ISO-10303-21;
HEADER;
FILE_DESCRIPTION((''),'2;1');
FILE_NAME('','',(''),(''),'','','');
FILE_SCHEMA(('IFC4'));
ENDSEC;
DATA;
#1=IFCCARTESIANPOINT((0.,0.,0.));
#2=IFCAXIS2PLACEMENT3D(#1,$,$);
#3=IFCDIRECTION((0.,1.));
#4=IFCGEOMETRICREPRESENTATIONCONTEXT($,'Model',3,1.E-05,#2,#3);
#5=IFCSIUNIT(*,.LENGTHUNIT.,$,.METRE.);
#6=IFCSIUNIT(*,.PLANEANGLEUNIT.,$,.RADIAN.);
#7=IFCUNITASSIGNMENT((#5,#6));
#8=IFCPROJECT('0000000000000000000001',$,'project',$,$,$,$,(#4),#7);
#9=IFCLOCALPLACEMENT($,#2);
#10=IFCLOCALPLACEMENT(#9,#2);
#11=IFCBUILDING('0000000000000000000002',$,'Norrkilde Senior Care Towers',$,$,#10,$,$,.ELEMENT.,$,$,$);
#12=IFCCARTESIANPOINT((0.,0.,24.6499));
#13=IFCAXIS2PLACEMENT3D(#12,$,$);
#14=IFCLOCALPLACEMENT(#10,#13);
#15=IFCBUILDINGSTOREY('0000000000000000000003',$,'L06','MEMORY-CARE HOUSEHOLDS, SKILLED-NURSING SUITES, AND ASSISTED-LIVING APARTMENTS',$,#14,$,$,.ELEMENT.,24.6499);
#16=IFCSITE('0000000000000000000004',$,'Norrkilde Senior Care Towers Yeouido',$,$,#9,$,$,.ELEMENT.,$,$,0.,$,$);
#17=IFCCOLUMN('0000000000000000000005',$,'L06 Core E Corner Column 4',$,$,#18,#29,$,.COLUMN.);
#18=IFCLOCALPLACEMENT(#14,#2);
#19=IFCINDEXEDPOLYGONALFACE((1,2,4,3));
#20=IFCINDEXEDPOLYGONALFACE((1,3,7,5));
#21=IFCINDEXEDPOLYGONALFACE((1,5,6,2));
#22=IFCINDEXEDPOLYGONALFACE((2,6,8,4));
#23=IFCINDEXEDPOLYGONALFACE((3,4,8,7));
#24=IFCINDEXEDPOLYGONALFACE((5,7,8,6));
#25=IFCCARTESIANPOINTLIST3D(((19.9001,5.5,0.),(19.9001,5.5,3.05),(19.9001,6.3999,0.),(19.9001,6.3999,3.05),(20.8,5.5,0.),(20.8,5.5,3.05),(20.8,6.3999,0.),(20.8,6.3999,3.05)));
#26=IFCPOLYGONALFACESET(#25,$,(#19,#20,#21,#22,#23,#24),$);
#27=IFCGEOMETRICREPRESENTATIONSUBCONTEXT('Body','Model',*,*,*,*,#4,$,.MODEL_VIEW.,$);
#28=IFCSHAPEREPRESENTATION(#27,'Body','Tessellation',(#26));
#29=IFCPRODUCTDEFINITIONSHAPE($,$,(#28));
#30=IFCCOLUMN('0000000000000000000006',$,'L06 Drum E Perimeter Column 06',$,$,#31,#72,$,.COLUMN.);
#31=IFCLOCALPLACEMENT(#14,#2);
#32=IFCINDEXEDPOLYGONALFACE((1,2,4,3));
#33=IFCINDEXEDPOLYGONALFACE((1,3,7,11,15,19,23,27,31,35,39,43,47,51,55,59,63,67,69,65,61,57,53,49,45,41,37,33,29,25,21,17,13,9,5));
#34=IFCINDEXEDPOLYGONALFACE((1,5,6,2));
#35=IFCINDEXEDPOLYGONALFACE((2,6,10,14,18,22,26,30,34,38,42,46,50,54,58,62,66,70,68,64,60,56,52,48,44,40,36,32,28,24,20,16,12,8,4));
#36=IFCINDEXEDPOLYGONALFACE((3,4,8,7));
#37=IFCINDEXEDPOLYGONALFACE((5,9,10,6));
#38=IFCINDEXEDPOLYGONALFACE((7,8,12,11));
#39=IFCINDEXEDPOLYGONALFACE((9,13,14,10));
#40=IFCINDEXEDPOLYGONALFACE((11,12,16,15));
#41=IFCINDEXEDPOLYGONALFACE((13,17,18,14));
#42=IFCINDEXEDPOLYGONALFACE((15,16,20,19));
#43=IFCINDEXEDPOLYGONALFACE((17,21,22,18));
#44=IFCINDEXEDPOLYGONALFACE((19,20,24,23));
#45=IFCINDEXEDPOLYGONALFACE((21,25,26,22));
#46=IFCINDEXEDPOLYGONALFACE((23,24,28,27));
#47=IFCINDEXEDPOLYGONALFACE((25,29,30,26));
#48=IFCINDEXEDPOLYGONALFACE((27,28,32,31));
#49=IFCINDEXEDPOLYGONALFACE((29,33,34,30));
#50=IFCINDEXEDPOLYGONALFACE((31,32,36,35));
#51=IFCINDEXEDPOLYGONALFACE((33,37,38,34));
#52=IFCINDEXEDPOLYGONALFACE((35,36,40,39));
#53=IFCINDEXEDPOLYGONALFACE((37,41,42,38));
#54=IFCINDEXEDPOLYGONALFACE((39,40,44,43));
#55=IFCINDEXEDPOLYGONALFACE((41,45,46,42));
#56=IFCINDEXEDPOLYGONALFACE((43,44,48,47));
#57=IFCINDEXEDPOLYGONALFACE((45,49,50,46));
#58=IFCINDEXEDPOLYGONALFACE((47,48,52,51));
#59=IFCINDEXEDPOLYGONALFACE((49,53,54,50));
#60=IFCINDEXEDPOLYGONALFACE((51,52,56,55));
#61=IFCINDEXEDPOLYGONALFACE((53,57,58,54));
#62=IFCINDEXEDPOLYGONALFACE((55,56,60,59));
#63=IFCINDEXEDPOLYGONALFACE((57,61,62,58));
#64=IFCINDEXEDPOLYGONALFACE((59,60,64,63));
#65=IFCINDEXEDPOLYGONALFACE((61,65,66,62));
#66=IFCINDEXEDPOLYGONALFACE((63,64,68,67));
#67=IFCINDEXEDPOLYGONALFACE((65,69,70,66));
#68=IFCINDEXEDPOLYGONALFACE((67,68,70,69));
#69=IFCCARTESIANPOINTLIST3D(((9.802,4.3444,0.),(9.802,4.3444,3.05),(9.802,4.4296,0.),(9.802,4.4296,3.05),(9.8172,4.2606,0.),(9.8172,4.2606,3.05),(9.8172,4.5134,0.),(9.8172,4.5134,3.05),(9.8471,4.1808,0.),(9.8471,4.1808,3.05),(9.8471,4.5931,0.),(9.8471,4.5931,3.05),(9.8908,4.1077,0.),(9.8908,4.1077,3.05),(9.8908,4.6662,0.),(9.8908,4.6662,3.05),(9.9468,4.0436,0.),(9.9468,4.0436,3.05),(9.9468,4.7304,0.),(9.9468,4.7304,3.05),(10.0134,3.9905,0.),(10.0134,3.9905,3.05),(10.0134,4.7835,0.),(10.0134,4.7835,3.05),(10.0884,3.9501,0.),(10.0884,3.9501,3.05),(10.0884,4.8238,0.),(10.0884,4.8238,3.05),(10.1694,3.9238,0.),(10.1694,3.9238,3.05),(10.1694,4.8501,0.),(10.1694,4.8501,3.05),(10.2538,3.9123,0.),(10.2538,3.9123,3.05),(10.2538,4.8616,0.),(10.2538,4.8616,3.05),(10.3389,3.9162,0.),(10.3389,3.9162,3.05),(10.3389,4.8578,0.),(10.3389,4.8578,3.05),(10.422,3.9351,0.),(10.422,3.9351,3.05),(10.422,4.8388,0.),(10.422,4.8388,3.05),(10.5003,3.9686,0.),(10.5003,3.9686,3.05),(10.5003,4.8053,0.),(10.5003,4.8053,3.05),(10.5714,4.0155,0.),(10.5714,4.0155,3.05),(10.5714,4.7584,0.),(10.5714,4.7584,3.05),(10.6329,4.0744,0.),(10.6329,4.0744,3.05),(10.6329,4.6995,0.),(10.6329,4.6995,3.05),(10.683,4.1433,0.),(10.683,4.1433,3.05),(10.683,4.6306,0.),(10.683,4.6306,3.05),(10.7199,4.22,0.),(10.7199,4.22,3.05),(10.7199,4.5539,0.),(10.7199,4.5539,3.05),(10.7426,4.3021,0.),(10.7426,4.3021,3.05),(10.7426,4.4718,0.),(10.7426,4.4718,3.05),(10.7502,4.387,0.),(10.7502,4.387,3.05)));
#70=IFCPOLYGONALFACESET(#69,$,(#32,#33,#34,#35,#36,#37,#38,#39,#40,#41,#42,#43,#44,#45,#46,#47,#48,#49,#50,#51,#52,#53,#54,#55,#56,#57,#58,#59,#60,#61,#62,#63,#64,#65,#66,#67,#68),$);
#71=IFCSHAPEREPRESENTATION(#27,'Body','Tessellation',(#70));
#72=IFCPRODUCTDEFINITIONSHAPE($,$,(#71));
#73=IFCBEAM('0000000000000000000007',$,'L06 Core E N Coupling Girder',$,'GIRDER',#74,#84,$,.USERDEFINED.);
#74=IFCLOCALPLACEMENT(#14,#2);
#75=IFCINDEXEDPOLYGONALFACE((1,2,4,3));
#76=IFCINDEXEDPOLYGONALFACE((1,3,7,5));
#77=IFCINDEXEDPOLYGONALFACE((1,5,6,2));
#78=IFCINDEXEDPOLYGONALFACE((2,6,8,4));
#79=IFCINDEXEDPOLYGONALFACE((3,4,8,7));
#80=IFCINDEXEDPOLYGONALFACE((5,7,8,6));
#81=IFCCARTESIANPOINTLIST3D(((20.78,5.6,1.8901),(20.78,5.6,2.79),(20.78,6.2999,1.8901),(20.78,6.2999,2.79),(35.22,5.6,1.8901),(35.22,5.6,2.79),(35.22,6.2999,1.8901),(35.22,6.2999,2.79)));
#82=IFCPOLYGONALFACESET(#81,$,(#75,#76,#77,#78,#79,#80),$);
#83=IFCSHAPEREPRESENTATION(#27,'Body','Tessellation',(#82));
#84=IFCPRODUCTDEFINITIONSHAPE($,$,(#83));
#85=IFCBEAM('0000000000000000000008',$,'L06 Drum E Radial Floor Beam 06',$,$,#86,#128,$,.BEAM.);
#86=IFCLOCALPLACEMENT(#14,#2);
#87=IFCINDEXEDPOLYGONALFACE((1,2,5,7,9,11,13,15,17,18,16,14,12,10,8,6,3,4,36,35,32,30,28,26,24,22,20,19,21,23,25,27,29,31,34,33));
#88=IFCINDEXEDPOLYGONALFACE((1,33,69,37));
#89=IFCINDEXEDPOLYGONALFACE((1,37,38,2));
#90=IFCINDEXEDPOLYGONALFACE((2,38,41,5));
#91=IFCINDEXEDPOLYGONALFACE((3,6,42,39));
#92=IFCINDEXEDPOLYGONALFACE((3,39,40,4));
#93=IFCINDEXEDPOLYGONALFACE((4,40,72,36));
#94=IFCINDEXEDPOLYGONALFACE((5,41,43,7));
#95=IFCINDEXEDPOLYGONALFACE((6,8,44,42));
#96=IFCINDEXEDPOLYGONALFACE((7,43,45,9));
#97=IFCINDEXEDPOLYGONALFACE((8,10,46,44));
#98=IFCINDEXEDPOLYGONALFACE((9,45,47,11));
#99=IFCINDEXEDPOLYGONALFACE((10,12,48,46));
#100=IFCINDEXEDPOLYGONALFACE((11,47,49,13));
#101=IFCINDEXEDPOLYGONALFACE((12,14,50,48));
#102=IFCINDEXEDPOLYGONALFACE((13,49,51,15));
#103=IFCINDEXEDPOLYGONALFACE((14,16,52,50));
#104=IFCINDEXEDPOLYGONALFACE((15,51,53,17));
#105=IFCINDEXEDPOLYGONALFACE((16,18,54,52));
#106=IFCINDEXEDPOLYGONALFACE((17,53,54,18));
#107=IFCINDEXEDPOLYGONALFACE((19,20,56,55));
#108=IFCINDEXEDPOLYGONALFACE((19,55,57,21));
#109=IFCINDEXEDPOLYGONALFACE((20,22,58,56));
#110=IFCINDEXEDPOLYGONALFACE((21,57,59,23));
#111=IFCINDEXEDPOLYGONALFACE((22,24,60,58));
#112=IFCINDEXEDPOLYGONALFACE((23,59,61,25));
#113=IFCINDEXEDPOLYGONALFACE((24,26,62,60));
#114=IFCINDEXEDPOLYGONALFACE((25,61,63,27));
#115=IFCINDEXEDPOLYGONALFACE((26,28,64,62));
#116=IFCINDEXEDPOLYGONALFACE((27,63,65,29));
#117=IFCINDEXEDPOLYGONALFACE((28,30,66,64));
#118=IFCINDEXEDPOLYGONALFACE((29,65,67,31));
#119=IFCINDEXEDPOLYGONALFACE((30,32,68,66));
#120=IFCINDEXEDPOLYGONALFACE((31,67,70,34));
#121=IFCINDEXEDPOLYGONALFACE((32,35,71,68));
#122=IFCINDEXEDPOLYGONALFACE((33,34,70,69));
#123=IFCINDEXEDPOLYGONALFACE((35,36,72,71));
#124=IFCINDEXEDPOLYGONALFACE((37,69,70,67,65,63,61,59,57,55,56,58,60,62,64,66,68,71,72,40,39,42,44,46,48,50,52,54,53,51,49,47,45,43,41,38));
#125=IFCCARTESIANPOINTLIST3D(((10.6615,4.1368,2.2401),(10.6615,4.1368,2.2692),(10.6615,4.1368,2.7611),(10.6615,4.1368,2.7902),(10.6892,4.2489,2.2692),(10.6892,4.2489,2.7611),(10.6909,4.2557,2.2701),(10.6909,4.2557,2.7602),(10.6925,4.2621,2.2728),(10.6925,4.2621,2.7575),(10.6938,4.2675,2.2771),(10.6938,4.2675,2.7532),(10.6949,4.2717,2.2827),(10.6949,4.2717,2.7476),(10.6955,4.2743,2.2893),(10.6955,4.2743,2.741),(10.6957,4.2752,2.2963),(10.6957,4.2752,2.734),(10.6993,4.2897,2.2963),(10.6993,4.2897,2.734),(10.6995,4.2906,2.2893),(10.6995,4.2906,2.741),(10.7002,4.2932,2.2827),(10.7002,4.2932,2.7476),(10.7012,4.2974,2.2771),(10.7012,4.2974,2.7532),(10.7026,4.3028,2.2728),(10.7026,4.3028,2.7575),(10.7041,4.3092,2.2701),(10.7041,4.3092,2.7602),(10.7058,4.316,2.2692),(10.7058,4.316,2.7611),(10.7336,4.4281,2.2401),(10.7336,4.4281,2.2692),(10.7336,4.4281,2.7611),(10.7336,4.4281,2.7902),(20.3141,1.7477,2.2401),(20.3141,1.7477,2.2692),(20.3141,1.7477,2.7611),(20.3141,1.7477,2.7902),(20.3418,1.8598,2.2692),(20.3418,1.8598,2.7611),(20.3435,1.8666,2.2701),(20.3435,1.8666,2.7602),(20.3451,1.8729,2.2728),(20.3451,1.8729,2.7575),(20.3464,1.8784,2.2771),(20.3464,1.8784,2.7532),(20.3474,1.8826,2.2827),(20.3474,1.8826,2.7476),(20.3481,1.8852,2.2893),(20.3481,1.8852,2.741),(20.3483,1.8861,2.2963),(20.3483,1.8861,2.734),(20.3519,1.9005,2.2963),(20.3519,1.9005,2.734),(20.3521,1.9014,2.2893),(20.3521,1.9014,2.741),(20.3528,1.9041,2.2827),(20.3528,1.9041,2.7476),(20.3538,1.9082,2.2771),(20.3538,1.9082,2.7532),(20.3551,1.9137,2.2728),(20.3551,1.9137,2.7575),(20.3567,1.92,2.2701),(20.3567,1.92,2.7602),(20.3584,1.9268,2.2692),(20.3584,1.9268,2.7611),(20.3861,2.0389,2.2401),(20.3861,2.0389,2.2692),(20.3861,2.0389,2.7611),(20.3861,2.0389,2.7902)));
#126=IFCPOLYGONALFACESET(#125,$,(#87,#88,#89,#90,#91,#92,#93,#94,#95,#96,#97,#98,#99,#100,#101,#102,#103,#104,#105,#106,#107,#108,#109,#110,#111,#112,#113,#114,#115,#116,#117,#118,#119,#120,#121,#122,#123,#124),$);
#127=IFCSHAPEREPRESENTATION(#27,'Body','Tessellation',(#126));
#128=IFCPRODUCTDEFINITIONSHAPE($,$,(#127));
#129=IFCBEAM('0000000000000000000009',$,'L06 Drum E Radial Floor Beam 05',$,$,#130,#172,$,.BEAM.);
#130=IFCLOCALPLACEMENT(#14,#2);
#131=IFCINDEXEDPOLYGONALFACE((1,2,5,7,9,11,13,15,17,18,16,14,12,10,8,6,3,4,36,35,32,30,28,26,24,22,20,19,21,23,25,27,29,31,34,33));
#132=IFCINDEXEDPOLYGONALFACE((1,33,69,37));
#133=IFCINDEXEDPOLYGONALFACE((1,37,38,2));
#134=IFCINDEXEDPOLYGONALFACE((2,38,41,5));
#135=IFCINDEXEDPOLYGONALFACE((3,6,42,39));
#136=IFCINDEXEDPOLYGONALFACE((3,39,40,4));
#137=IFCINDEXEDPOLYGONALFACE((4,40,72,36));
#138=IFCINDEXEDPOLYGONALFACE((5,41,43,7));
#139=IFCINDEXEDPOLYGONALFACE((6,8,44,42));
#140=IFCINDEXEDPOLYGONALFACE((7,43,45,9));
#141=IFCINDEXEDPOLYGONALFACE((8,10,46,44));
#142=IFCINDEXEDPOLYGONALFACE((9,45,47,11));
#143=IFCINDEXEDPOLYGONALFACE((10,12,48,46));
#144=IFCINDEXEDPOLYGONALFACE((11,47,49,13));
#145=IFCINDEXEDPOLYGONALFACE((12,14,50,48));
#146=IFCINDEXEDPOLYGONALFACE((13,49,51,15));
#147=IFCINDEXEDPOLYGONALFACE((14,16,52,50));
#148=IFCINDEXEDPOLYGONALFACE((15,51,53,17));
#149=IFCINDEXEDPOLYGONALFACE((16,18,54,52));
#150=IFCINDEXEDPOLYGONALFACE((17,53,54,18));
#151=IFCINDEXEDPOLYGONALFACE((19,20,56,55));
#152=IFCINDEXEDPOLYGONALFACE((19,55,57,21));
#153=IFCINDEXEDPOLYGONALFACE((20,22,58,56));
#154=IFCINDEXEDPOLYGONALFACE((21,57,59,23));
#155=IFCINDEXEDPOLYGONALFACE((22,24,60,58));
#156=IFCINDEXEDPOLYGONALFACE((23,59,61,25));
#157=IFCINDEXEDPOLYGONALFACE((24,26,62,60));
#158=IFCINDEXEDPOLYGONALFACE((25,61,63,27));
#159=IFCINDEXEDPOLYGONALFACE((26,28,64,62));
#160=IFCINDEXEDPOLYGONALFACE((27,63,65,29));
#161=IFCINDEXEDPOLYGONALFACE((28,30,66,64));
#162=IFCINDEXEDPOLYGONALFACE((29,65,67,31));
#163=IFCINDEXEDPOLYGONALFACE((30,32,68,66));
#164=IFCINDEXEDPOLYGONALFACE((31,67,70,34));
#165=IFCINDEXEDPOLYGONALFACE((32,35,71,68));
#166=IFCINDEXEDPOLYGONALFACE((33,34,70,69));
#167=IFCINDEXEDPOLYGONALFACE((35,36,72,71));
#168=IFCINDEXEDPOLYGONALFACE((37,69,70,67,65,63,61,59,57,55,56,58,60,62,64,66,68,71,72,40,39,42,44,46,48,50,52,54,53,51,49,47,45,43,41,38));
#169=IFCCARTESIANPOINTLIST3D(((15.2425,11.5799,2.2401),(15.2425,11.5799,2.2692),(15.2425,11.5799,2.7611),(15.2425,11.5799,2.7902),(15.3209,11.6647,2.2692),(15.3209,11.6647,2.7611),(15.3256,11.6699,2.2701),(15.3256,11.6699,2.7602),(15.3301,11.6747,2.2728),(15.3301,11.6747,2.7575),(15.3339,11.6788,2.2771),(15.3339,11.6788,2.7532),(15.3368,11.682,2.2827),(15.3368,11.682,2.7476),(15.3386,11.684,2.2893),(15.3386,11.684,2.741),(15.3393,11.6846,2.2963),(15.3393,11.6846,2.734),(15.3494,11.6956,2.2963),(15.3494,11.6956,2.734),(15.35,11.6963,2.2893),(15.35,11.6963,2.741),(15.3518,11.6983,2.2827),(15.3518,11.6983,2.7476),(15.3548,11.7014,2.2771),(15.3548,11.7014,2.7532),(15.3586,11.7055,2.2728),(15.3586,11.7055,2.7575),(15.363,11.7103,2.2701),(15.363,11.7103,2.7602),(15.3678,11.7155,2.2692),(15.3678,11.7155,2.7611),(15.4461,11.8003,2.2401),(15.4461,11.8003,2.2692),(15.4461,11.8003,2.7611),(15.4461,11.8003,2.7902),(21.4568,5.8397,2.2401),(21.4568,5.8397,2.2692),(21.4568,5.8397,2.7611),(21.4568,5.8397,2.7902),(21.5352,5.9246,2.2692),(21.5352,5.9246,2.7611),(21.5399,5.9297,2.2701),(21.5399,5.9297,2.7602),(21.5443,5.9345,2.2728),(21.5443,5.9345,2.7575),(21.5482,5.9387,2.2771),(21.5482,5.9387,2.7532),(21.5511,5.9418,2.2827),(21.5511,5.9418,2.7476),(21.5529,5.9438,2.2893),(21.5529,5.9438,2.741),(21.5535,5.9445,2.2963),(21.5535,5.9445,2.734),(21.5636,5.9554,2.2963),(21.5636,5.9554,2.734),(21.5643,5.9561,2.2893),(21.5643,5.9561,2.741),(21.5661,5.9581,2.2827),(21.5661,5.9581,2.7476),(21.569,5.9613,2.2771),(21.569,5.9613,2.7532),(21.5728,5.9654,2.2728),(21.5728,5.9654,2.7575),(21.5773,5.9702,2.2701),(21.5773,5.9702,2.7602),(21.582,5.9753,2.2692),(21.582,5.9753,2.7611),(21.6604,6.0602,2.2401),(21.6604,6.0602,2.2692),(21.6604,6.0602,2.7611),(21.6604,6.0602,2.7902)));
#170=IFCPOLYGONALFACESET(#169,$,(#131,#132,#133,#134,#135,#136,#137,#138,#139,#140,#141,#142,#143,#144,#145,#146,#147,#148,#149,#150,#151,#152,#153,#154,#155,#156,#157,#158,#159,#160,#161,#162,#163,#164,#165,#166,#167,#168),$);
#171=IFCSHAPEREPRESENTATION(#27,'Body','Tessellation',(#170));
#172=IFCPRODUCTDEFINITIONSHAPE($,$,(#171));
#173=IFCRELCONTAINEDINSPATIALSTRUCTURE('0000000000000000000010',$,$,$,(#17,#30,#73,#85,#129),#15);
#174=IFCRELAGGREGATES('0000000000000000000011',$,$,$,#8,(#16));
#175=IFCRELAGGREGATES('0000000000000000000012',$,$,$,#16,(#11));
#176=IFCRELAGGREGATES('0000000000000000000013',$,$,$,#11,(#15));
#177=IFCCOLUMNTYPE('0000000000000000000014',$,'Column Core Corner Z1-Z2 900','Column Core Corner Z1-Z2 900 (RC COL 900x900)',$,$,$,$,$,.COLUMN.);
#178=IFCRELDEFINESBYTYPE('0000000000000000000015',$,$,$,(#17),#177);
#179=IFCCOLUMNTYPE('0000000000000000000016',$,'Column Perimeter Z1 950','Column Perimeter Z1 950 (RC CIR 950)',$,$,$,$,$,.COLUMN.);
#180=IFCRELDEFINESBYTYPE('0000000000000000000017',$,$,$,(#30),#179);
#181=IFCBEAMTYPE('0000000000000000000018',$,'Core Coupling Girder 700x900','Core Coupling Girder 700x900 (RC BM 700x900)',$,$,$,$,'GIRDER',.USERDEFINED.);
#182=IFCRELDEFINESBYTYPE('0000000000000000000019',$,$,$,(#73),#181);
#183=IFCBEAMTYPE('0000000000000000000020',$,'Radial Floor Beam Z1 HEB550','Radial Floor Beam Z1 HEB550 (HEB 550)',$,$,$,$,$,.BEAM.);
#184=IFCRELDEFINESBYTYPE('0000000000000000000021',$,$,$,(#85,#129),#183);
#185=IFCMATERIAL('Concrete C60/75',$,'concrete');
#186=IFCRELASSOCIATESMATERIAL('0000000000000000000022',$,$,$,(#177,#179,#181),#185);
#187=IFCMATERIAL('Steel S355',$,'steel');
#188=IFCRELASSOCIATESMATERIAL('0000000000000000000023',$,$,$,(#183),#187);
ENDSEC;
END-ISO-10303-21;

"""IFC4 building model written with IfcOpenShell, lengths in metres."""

from ifc_helpers import new_model, si_unit, direction, frame, origin, origin_2d, place, context, subcontext, project, spatial, rectangle, circle, i_section, extrude, source, transform, mapped, material, material_profile, profile_set, type_object, type_shapes, element, save


model = new_model("IFC4")

# Units and contexts
model_context = context("Model", 3, precision=1e-05, world=origin(), true_north=direction((0.0, 1.0)))
body_context = subcontext(model_context, "Body", "Model", "MODEL_VIEW")
ifc_project = project(units=[si_unit("LENGTHUNIT", "METRE"), si_unit("PLANEANGLEUNIT", "RADIAN")], contexts=[model_context])

# Site, building, storey
site_placement = place(None, origin())
site = spatial("IfcSite", under=ifc_project, at=site_placement, Name="Norrkilde Senior Care Towers Yeouido", CompositionType="ELEMENT", RefElevation=0.0)
building_placement = place(site_placement, origin())
building = spatial("IfcBuilding", under=site, at=building_placement, Name="Norrkilde Senior Care Towers", CompositionType="ELEMENT")
storey_placement = place(building_placement, frame((0.0, 0.0, 24.6499)))
storey = spatial("IfcBuildingStorey", under=building, at=storey_placement, Name="L06", Description="MEMORY-CARE HOUSEHOLDS, SKILLED-NURSING SUITES, AND ASSISTED-LIVING APARTMENTS", CompositionType="ELEMENT", Elevation=24.6499)

# Columns
ifc_material_1 = material(Name="Concrete C60/75", Category="concrete")
ifc_material_profile_1 = material_profile(ifc_material_1, rectangle(XDim=0.8999, YDim=0.8999, at=origin_2d()), Name="RC COL 900x900")
ifc_profile_set_1 = profile_set([ifc_material_profile_1], Name="Concrete C60/75")
column_type_1 = type_object("IfcColumnType", Name="Column Core Corner Z1-Z2 900", Description="Column Core Corner Z1-Z2 900 (RC COL 900x900)", PredefinedType="COLUMN", material=ifc_profile_set_1)
shared_shape_1 = source(origin(), body_context, "Body", "SweptSolid", [
    extrude(rectangle(XDim=0.8999, YDim=0.8999, at=origin_2d()), origin(), (0.0, 0.0, 1.0), 3.05),
])
type_shapes(column_type_1, [shared_shape_1])
column_1_placement = place(storey_placement, frame((20.3501, 5.95, 0.0), z_axis=(0.0, 0.0, 1.0), x_axis=(1.0, 0.0, 0.0)))
element("IfcColumn", 1, at=column_1_placement, inside=storey, type_object=column_type_1, Name="L06 Core E Corner Column 4", PredefinedType="COLUMN", context=body_context, shape_type="MappedRepresentation", body=[
    mapped(shared_shape_1, transform((0.0, 0.0, 0.0), x_axis=(1.0, 0.0, 0.0), y_axis=(0.0, 1.0, 0.0), z_axis=(0.0, 0.0, 1.0), scale=1.0)),
])
ifc_material_profile_2 = material_profile(ifc_material_1, circle(Radius=0.4751, at=origin_2d()), Name="RC CIR 950")
ifc_profile_set_2 = profile_set([ifc_material_profile_2], Name="Concrete C60/75")
column_type_2 = type_object("IfcColumnType", Name="Column Perimeter Z1 950", Description="Column Perimeter Z1 950 (RC CIR 950)", PredefinedType="COLUMN", material=ifc_profile_set_2)
shared_shape_2 = source(origin(), body_context, "Body", "SweptSolid", [
    extrude(circle(Radius=0.4751, at=origin_2d()), origin(), (0.0, 0.0, 1.0), 3.05),
])
type_shapes(column_type_2, [shared_shape_2])
column_2_placement = place(storey_placement, frame((10.2751, 4.387, 0.0), z_axis=(0.0, 0.0, 1.0), x_axis=(1.0, 0.0, 0.0)))
element("IfcColumn", 2, at=column_2_placement, inside=storey, type_object=column_type_2, Name="L06 Drum E Perimeter Column 06", PredefinedType="COLUMN", context=body_context, shape_type="MappedRepresentation", body=[
    mapped(shared_shape_2, transform((0.0, 0.0, 0.0), x_axis=(1.0, 0.0, 0.0), y_axis=(0.0, 1.0, 0.0), z_axis=(0.0, 0.0, 1.0), scale=1.0)),
])

# Beams
ifc_material_profile_3 = material_profile(ifc_material_1, rectangle(XDim=0.7, YDim=0.8999, at=origin_2d()), Name="RC BM 700x900")
ifc_profile_set_3 = profile_set([ifc_material_profile_3], Name="Concrete C60/75")
beam_type_1 = type_object("IfcBeamType", Name="Core Coupling Girder 700x900", Description="Core Coupling Girder 700x900 (RC BM 700x900)", ElementType="GIRDER", PredefinedType="USERDEFINED", material=ifc_profile_set_3)
shared_shape_3 = source(origin(), body_context, "Body", "SweptSolid", [
    extrude(rectangle(XDim=0.7, YDim=0.8999, at=origin_2d()), origin(), (0.0, 0.0, 1.0), 14.4399),
])
type_shapes(beam_type_1, [shared_shape_3])
beam_1_placement = place(storey_placement, frame((20.78, 5.95, 2.3401), z_axis=(1.0, 0.0, 0.0), x_axis=(0.0, 1.0, 0.0)))
element("IfcBeam", 3, at=beam_1_placement, inside=storey, type_object=beam_type_1, Name="L06 Core E N Coupling Girder", ObjectType="GIRDER", PredefinedType="USERDEFINED", context=body_context, shape_type="MappedRepresentation", body=[
    mapped(shared_shape_3, transform((0.0, 0.0, 0.0), x_axis=(1.0, 0.0, 0.0), y_axis=(0.0, 1.0, 0.0), z_axis=(0.0, 0.0, 1.0), scale=1.0)),
])
ifc_material_2 = material(Name="Steel S355", Category="steel")
ifc_material_profile_4 = material_profile(ifc_material_2, i_section(OverallWidth=0.3, OverallDepth=0.55, WebThickness=0.0149, FlangeThickness=0.0291, FilletRadius=0.0271, at=origin_2d()), Name="HEB 550")
ifc_profile_set_4 = profile_set([ifc_material_profile_4], Name="Steel S355")
beam_type_2 = type_object("IfcBeamType", Name="Radial Floor Beam Z1 HEB550", Description="Radial Floor Beam Z1 HEB550 (HEB 550)", PredefinedType="BEAM", material=ifc_profile_set_4)
shared_shape_4 = source(origin(), body_context, "Body", "SweptSolid", [
    extrude(i_section(OverallWidth=0.3, OverallDepth=0.55, WebThickness=0.0149, FlangeThickness=0.0291, FilletRadius=0.0271, at=origin_2d()), origin(), (0.0, 0.0, 1.0), 9.9438),
])
beam_2_placement = place(storey_placement, frame((20.3501, 1.8933, 2.5151), z_axis=(-0.970707, 0.240265, 0.0), x_axis=(-0.240265, -0.970707, 0.0)))
element("IfcBeam", 4, at=beam_2_placement, inside=storey, type_object=beam_type_2, Name="L06 Drum E Radial Floor Beam 06", PredefinedType="BEAM", context=body_context, shape_type="MappedRepresentation", body=[
    mapped(shared_shape_4, transform((0.0, 0.0, 0.0), x_axis=(1.0, 0.0, 0.0), y_axis=(0.0, 1.0, 0.0), z_axis=(0.0, 0.0, 1.0), scale=1.0)),
])
shared_shape_5 = source(origin(), body_context, "Body", "SweptSolid", [
    extrude(i_section(OverallWidth=0.3, OverallDepth=0.55, WebThickness=0.0149, FlangeThickness=0.0291, FilletRadius=0.0271, at=origin_2d()), origin(), (0.0, 0.0, 1.0), 8.4597),
])
type_shapes(beam_type_2, [shared_shape_4, shared_shape_5])
beam_3_placement = place(storey_placement, frame((21.5586, 5.95, 2.5151), z_axis=(-0.734573, 0.678529, 0.0), x_axis=(-0.678529, -0.734573, 0.0)))
element("IfcBeam", 5, at=beam_3_placement, inside=storey, type_object=beam_type_2, Name="L06 Drum E Radial Floor Beam 05", PredefinedType="BEAM", context=body_context, shape_type="MappedRepresentation", body=[
    mapped(shared_shape_5, transform((0.0, 0.0, 0.0), x_axis=(1.0, 0.0, 0.0), y_axis=(0.0, 1.0, 0.0), z_axis=(0.0, 0.0, 1.0), scale=1.0)),
])

save(model, "model.ifc")
